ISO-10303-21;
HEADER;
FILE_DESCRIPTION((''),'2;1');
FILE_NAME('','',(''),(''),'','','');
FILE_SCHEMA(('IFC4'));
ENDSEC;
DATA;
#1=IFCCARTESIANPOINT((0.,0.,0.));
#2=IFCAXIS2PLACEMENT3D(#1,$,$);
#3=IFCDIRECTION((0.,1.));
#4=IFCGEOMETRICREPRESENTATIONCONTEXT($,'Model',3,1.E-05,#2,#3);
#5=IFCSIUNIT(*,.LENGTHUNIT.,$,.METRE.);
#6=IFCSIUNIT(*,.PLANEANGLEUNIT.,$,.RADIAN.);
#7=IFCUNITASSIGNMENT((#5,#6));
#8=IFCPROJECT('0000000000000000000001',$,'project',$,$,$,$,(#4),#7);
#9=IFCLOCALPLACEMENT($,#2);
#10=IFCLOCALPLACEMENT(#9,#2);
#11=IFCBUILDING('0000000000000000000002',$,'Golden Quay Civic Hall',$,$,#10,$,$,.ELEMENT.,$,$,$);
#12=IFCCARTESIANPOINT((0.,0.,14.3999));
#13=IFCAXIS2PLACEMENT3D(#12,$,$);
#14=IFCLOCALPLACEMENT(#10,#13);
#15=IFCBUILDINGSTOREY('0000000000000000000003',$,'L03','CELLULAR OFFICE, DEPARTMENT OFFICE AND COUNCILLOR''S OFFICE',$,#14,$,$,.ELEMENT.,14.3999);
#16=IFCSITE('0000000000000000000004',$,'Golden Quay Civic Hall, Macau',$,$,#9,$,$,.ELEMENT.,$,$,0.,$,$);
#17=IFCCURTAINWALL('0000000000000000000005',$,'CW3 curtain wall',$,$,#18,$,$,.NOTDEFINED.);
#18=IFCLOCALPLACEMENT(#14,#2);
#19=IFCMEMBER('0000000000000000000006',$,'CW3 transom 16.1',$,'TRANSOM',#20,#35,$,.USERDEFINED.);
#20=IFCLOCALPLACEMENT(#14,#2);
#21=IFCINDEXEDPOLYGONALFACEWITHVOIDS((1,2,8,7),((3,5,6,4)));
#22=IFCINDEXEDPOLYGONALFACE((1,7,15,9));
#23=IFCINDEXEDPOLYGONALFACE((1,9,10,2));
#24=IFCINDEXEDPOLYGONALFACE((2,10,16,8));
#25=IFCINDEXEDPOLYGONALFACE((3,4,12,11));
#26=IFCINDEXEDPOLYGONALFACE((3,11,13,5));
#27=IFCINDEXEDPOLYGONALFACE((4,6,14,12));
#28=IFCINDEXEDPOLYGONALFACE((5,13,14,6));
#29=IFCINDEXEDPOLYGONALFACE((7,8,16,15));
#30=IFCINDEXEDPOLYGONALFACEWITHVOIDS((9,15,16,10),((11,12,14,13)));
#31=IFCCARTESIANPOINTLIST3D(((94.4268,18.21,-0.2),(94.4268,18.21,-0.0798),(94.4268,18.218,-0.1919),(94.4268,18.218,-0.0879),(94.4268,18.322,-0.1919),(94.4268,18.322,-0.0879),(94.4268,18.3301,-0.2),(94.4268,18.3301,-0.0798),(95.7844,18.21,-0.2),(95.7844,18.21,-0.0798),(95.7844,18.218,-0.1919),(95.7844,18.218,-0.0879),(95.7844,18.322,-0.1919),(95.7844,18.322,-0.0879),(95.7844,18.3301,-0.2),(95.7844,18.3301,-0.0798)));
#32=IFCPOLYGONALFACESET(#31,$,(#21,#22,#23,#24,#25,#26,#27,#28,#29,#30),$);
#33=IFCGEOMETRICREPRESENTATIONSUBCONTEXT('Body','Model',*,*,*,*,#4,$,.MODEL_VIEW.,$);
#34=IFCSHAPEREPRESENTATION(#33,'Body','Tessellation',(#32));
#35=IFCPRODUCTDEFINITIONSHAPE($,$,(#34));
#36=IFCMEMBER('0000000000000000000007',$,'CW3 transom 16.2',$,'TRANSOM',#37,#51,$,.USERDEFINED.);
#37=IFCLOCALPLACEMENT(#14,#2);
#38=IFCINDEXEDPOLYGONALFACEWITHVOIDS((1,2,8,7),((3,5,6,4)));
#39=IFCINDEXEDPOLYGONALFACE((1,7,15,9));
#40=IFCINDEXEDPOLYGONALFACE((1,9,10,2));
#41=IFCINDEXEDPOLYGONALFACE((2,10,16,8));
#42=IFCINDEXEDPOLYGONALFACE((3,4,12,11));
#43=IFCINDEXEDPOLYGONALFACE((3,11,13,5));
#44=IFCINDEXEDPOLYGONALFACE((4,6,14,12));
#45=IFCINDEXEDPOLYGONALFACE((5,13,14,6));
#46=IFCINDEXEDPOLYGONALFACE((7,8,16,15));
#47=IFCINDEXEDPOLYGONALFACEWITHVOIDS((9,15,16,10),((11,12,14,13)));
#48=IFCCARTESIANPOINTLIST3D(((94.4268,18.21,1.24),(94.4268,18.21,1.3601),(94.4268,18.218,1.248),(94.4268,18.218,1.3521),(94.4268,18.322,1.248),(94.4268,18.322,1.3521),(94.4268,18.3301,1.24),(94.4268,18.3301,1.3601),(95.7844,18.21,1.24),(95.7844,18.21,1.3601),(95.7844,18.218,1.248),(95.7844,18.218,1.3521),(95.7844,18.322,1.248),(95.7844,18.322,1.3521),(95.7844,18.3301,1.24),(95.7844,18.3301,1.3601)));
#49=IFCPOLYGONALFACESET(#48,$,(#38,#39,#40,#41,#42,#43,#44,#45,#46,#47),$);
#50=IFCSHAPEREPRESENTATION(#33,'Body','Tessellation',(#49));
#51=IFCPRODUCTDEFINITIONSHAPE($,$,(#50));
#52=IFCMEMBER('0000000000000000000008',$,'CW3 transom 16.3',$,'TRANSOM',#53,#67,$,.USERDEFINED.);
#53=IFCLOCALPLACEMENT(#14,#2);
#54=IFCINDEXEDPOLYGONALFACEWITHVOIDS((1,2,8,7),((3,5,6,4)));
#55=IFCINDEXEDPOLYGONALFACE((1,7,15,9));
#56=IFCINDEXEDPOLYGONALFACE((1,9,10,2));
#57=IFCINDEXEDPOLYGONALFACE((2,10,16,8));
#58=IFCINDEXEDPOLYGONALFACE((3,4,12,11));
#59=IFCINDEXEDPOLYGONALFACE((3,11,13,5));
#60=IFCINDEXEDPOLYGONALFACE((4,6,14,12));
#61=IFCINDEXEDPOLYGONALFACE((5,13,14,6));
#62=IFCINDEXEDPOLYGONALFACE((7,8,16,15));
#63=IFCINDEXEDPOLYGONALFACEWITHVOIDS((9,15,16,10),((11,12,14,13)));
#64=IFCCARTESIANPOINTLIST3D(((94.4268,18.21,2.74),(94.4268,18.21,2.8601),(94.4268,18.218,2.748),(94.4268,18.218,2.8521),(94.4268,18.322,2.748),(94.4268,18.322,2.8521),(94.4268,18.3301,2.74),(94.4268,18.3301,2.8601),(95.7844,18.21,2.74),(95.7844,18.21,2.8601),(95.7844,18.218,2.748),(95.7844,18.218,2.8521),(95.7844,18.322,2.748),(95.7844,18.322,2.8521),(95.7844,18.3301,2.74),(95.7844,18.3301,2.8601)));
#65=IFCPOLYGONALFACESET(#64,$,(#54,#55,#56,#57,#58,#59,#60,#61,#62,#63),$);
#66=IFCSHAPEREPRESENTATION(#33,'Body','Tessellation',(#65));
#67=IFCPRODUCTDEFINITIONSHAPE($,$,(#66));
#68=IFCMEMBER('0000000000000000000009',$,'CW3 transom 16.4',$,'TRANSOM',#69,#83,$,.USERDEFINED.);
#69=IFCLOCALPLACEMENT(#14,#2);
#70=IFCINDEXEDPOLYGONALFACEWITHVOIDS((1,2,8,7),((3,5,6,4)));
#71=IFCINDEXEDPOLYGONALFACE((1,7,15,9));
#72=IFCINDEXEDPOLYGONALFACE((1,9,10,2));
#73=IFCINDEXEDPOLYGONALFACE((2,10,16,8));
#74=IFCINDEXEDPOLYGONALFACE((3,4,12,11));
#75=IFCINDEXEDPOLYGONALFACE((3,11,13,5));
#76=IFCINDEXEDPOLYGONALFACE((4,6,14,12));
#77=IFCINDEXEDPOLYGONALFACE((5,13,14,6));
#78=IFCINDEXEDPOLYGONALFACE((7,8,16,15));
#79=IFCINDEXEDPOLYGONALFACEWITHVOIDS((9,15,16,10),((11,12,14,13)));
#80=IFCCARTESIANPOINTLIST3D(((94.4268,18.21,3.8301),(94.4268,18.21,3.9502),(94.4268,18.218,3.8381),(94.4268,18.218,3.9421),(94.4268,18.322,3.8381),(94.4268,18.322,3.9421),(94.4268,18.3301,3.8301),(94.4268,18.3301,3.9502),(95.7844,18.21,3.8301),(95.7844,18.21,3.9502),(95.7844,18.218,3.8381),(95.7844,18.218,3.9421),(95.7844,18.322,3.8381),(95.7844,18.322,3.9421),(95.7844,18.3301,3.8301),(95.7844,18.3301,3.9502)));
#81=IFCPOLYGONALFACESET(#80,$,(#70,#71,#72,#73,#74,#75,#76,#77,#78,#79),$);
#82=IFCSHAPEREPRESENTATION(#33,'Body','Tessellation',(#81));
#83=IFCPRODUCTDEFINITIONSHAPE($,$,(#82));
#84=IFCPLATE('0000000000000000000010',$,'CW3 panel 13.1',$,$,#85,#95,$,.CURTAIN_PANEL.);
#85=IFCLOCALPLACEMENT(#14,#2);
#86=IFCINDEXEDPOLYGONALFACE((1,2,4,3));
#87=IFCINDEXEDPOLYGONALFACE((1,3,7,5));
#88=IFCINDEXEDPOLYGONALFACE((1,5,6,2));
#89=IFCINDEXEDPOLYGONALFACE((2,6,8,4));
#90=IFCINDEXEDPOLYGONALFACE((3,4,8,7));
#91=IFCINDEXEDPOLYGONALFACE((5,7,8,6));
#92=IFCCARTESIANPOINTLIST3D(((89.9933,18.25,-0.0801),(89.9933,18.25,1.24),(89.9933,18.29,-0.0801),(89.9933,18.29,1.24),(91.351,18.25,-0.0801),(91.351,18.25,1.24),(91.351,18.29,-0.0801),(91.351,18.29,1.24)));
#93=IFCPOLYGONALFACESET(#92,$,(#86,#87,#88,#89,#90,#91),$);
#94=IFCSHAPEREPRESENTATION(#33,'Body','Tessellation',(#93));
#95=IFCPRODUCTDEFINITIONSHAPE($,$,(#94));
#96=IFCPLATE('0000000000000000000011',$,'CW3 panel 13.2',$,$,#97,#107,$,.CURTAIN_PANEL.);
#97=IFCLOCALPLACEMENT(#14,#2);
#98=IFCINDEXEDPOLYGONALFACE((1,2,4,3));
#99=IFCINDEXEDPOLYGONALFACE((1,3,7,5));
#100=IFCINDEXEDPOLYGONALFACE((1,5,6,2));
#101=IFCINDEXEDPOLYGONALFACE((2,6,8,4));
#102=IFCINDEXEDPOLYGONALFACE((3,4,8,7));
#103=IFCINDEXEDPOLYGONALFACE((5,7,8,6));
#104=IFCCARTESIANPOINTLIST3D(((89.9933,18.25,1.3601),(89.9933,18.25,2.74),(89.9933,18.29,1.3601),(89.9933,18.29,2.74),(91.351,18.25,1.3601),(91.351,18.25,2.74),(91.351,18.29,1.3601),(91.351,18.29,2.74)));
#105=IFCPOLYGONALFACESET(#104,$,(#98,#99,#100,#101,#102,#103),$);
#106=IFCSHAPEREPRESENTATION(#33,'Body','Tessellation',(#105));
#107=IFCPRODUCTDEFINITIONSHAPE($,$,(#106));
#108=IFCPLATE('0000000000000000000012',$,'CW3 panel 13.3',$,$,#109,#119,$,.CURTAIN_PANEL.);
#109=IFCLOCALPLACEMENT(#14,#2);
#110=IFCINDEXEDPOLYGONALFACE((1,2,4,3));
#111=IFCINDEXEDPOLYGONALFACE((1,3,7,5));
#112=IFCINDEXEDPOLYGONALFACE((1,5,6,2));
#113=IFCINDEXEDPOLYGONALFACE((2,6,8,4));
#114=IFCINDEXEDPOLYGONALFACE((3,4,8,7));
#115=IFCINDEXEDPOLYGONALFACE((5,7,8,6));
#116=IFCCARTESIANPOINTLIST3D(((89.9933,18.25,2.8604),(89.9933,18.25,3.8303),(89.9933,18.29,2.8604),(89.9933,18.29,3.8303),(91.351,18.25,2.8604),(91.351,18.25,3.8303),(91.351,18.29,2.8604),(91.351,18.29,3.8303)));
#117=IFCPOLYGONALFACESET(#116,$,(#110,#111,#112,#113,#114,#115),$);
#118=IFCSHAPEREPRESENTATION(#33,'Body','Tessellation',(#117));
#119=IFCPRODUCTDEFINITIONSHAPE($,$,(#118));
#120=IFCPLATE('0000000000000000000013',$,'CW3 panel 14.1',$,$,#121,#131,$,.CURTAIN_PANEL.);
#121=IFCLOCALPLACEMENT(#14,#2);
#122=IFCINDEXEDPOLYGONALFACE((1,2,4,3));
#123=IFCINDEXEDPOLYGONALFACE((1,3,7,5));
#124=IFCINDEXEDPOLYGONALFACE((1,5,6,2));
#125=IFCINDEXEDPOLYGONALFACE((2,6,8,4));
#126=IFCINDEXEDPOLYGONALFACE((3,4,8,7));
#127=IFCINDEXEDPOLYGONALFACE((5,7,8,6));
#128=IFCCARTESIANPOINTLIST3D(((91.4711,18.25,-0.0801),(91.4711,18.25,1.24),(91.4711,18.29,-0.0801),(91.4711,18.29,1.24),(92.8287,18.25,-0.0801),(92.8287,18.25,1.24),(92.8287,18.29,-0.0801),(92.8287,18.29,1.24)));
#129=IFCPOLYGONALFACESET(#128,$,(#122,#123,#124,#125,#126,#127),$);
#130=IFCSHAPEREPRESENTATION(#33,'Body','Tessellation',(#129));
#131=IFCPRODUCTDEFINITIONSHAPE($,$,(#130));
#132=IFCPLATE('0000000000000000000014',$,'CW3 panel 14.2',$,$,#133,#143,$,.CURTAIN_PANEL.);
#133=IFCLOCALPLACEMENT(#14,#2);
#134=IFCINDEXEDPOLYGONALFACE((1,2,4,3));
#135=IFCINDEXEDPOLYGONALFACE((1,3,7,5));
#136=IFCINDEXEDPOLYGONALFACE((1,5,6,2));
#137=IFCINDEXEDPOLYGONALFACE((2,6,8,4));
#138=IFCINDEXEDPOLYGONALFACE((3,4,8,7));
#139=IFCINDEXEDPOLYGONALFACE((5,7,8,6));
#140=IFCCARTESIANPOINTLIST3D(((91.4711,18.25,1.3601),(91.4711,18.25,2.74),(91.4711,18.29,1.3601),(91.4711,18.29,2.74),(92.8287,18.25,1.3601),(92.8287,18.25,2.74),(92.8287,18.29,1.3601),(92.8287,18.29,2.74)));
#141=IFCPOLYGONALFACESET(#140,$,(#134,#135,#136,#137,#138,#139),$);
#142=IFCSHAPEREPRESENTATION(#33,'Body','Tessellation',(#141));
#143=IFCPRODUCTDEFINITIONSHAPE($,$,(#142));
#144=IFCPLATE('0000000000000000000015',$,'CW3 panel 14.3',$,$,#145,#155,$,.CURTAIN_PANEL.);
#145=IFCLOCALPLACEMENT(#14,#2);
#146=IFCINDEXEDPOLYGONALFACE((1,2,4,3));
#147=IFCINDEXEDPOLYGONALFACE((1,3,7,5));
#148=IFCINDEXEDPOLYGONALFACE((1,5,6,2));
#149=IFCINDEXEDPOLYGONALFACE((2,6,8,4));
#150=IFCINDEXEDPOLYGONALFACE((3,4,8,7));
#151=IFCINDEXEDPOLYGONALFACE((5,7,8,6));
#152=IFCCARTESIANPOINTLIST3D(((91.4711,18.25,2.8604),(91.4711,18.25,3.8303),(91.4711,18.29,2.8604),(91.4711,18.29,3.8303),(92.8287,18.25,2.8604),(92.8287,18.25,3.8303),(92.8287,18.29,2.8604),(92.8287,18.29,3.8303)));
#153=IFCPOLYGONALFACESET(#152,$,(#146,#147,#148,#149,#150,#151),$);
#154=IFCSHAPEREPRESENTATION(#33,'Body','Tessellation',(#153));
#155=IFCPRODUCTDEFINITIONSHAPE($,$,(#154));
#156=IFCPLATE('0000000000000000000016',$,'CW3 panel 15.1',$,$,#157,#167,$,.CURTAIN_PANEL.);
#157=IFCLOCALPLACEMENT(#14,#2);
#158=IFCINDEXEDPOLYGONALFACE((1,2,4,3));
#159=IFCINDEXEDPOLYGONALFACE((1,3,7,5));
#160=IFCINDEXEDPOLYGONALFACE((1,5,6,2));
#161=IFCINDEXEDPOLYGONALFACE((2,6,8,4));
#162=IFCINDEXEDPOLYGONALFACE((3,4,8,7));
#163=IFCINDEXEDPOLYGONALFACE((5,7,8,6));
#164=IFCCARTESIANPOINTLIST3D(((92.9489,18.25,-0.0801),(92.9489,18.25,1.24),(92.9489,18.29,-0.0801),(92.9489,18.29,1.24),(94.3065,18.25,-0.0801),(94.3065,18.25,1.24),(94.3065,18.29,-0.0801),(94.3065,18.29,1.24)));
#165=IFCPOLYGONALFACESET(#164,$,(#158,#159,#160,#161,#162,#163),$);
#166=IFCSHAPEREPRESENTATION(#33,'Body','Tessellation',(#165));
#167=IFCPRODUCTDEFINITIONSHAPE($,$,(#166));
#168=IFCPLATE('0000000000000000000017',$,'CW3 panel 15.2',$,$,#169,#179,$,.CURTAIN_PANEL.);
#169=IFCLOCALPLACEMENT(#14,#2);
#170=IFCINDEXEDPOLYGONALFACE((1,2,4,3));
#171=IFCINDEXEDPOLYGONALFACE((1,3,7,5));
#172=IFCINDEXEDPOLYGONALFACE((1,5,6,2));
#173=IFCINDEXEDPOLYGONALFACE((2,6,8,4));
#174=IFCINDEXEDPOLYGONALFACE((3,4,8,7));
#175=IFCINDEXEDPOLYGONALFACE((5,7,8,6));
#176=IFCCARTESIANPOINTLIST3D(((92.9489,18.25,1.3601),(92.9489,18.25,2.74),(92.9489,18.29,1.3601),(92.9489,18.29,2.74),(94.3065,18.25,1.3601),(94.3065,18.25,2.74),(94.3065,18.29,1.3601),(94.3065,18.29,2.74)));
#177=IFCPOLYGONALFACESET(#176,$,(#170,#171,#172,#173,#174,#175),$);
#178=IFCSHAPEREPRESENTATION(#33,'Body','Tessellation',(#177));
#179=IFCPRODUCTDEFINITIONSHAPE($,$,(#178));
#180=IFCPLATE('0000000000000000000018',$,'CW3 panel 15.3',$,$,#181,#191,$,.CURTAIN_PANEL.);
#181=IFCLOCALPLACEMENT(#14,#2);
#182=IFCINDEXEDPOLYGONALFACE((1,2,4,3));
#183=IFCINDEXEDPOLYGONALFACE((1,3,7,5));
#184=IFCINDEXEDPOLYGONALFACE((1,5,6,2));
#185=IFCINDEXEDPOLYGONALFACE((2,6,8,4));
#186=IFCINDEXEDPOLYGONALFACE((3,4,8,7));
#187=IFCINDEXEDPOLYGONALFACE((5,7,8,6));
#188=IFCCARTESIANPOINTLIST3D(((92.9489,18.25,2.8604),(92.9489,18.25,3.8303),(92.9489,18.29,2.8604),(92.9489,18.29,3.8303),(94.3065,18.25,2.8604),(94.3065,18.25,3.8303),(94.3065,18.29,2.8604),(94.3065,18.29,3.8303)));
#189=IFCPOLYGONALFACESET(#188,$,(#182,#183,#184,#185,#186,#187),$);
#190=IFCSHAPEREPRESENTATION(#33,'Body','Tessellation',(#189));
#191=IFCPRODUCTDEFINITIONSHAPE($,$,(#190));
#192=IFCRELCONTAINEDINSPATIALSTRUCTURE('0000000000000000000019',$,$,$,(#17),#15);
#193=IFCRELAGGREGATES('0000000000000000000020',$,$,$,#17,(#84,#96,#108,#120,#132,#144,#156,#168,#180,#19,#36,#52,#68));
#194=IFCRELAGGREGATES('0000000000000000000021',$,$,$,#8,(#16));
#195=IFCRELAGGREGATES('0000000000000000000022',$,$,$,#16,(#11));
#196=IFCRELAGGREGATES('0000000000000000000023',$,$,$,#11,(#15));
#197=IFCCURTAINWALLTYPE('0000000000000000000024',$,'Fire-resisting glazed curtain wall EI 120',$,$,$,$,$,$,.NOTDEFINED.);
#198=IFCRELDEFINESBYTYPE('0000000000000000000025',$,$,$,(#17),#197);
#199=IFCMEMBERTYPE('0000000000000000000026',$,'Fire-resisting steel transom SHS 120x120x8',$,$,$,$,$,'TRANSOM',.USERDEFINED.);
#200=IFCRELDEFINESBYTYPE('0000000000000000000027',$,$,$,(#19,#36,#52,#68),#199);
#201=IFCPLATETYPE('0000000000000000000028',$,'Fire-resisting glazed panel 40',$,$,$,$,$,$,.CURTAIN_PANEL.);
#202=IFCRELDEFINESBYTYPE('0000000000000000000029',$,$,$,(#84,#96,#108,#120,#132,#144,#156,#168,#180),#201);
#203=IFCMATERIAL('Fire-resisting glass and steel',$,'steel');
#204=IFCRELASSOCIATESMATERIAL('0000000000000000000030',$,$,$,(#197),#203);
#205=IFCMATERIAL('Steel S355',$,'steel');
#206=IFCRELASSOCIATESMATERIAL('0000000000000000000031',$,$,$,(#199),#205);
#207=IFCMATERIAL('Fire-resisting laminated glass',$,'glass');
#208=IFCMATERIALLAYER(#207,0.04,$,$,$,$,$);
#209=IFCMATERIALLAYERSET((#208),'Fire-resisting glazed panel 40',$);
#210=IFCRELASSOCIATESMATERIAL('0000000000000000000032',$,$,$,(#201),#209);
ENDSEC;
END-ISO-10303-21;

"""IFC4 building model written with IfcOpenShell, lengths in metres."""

from ifc_helpers import new_model, si_unit, direction, frame, origin, origin_2d, place, context, subcontext, project, spatial, rectangle, hollow_rectangle, extrude, material, layer, layer_set, material_profile, profile_set, type_object, element, aggregate, save


model = new_model("IFC4")

# Units and contexts
model_context = context("Model", 3, precision=1e-05, world=origin(), true_north=direction((0.0, 1.0)))
body_context = subcontext(model_context, "Body", "Model", "MODEL_VIEW")
ifc_project = project(units=[si_unit("LENGTHUNIT", "METRE"), si_unit("PLANEANGLEUNIT", "RADIAN")], contexts=[model_context])

# Site, building, storey
site_placement = place(None, origin())
site = spatial("IfcSite", under=ifc_project, at=site_placement, Name="Golden Quay Civic Hall, Macau", CompositionType="ELEMENT", RefElevation=0.0)
building_placement = place(site_placement, origin())
building = spatial("IfcBuilding", under=site, at=building_placement, Name="Golden Quay Civic Hall", CompositionType="ELEMENT")
storey_placement = place(building_placement, frame((0.0, 0.0, 14.3999)))
storey = spatial("IfcBuildingStorey", under=building, at=storey_placement, Name="L03", Description="CELLULAR OFFICE, DEPARTMENT OFFICE AND COUNCILLOR'S OFFICE", CompositionType="ELEMENT", Elevation=14.3999)

# Curtain wall, members, plates
ifc_material_1 = material(Name="Fire-resisting glass and steel", Category="steel")
curtain_wall_type = type_object("IfcCurtainWallType", Name="Fire-resisting glazed curtain wall EI 120", PredefinedType="NOTDEFINED", material=ifc_material_1)
curtain_wall_placement = place(storey_placement, origin())
curtain_wall = element("IfcCurtainWall", 1, at=curtain_wall_placement, inside=storey, type_object=curtain_wall_type, Name="CW3 curtain wall", PredefinedType="NOTDEFINED")
ifc_material_2 = material(Name="Steel S355", Category="steel")
ifc_material_profile_1 = material_profile(ifc_material_2, hollow_rectangle(XDim=0.1201, YDim=0.1201, WallThickness=0.0081, at=origin_2d()), Name="SHS 120x120x8")
ifc_profile_set_1 = profile_set([ifc_material_profile_1], Name="Steel S355")
member_type_1 = type_object("IfcMemberType", Name="Fire-resisting steel transom SHS 120x120x8", ElementType="TRANSOM", PredefinedType="USERDEFINED", material=ifc_profile_set_1)
member_1_placement = place(storey_placement, frame((94.4268, 18.27, -0.1399), z_axis=(1.0, 0.0, 0.0), x_axis=(0.0, 1.0, 0.0)))
member_1 = element("IfcMember", 2, at=member_1_placement, type_object=member_type_1, Name="CW3 transom 16.1", ObjectType="TRANSOM", PredefinedType="USERDEFINED", context=body_context, shape_type="SweptSolid", body=[
    extrude(hollow_rectangle(XDim=0.1201, YDim=0.1201, WallThickness=0.0081, at=origin_2d()), origin(), (0.0, 0.0, 1.0), 1.3577),
])
member_2_placement = place(storey_placement, frame((94.4268, 18.27, 1.3), z_axis=(1.0, 0.0, 0.0), x_axis=(0.0, 1.0, 0.0)))
member_2 = element("IfcMember", 3, at=member_2_placement, type_object=member_type_1, Name="CW3 transom 16.2", ObjectType="TRANSOM", PredefinedType="USERDEFINED", context=body_context, shape_type="SweptSolid", body=[
    extrude(hollow_rectangle(XDim=0.1201, YDim=0.1201, WallThickness=0.0081, at=origin_2d()), origin(), (0.0, 0.0, 1.0), 1.3577),
])
member_3_placement = place(storey_placement, frame((94.4268, 18.27, 2.8), z_axis=(1.0, 0.0, 0.0), x_axis=(0.0, 1.0, 0.0)))
member_3 = element("IfcMember", 4, at=member_3_placement, type_object=member_type_1, Name="CW3 transom 16.3", ObjectType="TRANSOM", PredefinedType="USERDEFINED", context=body_context, shape_type="SweptSolid", body=[
    extrude(hollow_rectangle(XDim=0.1201, YDim=0.1201, WallThickness=0.0081, at=origin_2d()), origin(), (0.0, 0.0, 1.0), 1.3577),
])
member_4_placement = place(storey_placement, frame((94.4268, 18.27, 3.8901), z_axis=(1.0, 0.0, 0.0), x_axis=(0.0, 1.0, 0.0)))
member_4 = element("IfcMember", 5, at=member_4_placement, type_object=member_type_1, Name="CW3 transom 16.4", ObjectType="TRANSOM", PredefinedType="USERDEFINED", context=body_context, shape_type="SweptSolid", body=[
    extrude(hollow_rectangle(XDim=0.1201, YDim=0.1201, WallThickness=0.0081, at=origin_2d()), origin(), (0.0, 0.0, 1.0), 1.3577),
])
ifc_material_3 = material(Name="Fire-resisting laminated glass", Category="glass")
ifc_layer = layer(ifc_material_3, 0.04)
ifc_layer_set = layer_set([ifc_layer], Name="Fire-resisting glazed panel 40")
plate_type = type_object("IfcPlateType", Name="Fire-resisting glazed panel 40", PredefinedType="CURTAIN_PANEL", material=ifc_layer_set)
plate_1_placement = place(storey_placement, frame((90.6721, 18.27, -0.0801), z_axis=(0.0, 0.0, 1.0), x_axis=(1.0, 0.0, 0.0)))
plate_1 = element("IfcPlate", 6, at=plate_1_placement, type_object=plate_type, Name="CW3 panel 13.1", PredefinedType="CURTAIN_PANEL", context=body_context, shape_type="SweptSolid", body=[
    extrude(rectangle(XDim=1.3577, YDim=0.04, at=origin_2d()), origin(), (0.0, 0.0, 1.0), 1.3201),
])
plate_2_placement = place(storey_placement, frame((90.6721, 18.27, 1.3601), z_axis=(0.0, 0.0, 1.0), x_axis=(1.0, 0.0, 0.0)))
plate_2 = element("IfcPlate", 7, at=plate_2_placement, type_object=plate_type, Name="CW3 panel 13.2", PredefinedType="CURTAIN_PANEL", context=body_context, shape_type="SweptSolid", body=[
    extrude(rectangle(XDim=1.3577, YDim=0.04, at=origin_2d()), origin(), (0.0, 0.0, 1.0), 1.3799),
])
plate_3_placement = place(storey_placement, frame((90.6721, 18.27, 2.8604), z_axis=(0.0, 0.0, 1.0), x_axis=(1.0, 0.0, 0.0)))
plate_3 = element("IfcPlate", 8, at=plate_3_placement, type_object=plate_type, Name="CW3 panel 13.3", PredefinedType="CURTAIN_PANEL", context=body_context, shape_type="SweptSolid", body=[
    extrude(rectangle(XDim=1.3577, YDim=0.04, at=origin_2d()), origin(), (0.0, 0.0, 1.0), 0.97),
])
plate_4_placement = place(storey_placement, frame((92.1499, 18.27, -0.0801), z_axis=(0.0, 0.0, 1.0), x_axis=(1.0, 0.0, 0.0)))
plate_4 = element("IfcPlate", 9, at=plate_4_placement, type_object=plate_type, Name="CW3 panel 14.1", PredefinedType="CURTAIN_PANEL", context=body_context, shape_type="SweptSolid", body=[
    extrude(rectangle(XDim=1.3577, YDim=0.04, at=origin_2d()), origin(), (0.0, 0.0, 1.0), 1.3201),
])
plate_5_placement = place(storey_placement, frame((92.1499, 18.27, 1.3601), z_axis=(0.0, 0.0, 1.0), x_axis=(1.0, 0.0, 0.0)))
plate_5 = element("IfcPlate", 10, at=plate_5_placement, type_object=plate_type, Name="CW3 panel 14.2", PredefinedType="CURTAIN_PANEL", context=body_context, shape_type="SweptSolid", body=[
    extrude(rectangle(XDim=1.3577, YDim=0.04, at=origin_2d()), origin(), (0.0, 0.0, 1.0), 1.3799),
])
plate_6_placement = place(storey_placement, frame((92.1499, 18.27, 2.8604), z_axis=(0.0, 0.0, 1.0), x_axis=(1.0, 0.0, 0.0)))
plate_6 = element("IfcPlate", 11, at=plate_6_placement, type_object=plate_type, Name="CW3 panel 14.3", PredefinedType="CURTAIN_PANEL", context=body_context, shape_type="SweptSolid", body=[
    extrude(rectangle(XDim=1.3577, YDim=0.04, at=origin_2d()), origin(), (0.0, 0.0, 1.0), 0.97),
])
plate_7_placement = place(storey_placement, frame((93.6277, 18.27, -0.0801), z_axis=(0.0, 0.0, 1.0), x_axis=(1.0, 0.0, 0.0)))
plate_7 = element("IfcPlate", 12, at=plate_7_placement, type_object=plate_type, Name="CW3 panel 15.1", PredefinedType="CURTAIN_PANEL", context=body_context, shape_type="SweptSolid", body=[
    extrude(rectangle(XDim=1.3577, YDim=0.04, at=origin_2d()), origin(), (0.0, 0.0, 1.0), 1.3201),
])
plate_8_placement = place(storey_placement, frame((93.6277, 18.27, 1.3601), z_axis=(0.0, 0.0, 1.0), x_axis=(1.0, 0.0, 0.0)))
plate_8 = element("IfcPlate", 13, at=plate_8_placement, type_object=plate_type, Name="CW3 panel 15.2", PredefinedType="CURTAIN_PANEL", context=body_context, shape_type="SweptSolid", body=[
    extrude(rectangle(XDim=1.3577, YDim=0.04, at=origin_2d()), origin(), (0.0, 0.0, 1.0), 1.3799),
])
plate_9_placement = place(storey_placement, frame((93.6277, 18.27, 2.8604), z_axis=(0.0, 0.0, 1.0), x_axis=(1.0, 0.0, 0.0)))
plate_9 = element("IfcPlate", 14, at=plate_9_placement, type_object=plate_type, Name="CW3 panel 15.3", PredefinedType="CURTAIN_PANEL", context=body_context, shape_type="SweptSolid", body=[
    extrude(rectangle(XDim=1.3577, YDim=0.04, at=origin_2d()), origin(), (0.0, 0.0, 1.0), 0.97),
])
aggregate(curtain_wall, [plate_1, plate_2, plate_3, plate_4, plate_5, plate_6, plate_7, plate_8, plate_9, member_1, member_2, member_3, member_4])

save(model, "model.ifc")
